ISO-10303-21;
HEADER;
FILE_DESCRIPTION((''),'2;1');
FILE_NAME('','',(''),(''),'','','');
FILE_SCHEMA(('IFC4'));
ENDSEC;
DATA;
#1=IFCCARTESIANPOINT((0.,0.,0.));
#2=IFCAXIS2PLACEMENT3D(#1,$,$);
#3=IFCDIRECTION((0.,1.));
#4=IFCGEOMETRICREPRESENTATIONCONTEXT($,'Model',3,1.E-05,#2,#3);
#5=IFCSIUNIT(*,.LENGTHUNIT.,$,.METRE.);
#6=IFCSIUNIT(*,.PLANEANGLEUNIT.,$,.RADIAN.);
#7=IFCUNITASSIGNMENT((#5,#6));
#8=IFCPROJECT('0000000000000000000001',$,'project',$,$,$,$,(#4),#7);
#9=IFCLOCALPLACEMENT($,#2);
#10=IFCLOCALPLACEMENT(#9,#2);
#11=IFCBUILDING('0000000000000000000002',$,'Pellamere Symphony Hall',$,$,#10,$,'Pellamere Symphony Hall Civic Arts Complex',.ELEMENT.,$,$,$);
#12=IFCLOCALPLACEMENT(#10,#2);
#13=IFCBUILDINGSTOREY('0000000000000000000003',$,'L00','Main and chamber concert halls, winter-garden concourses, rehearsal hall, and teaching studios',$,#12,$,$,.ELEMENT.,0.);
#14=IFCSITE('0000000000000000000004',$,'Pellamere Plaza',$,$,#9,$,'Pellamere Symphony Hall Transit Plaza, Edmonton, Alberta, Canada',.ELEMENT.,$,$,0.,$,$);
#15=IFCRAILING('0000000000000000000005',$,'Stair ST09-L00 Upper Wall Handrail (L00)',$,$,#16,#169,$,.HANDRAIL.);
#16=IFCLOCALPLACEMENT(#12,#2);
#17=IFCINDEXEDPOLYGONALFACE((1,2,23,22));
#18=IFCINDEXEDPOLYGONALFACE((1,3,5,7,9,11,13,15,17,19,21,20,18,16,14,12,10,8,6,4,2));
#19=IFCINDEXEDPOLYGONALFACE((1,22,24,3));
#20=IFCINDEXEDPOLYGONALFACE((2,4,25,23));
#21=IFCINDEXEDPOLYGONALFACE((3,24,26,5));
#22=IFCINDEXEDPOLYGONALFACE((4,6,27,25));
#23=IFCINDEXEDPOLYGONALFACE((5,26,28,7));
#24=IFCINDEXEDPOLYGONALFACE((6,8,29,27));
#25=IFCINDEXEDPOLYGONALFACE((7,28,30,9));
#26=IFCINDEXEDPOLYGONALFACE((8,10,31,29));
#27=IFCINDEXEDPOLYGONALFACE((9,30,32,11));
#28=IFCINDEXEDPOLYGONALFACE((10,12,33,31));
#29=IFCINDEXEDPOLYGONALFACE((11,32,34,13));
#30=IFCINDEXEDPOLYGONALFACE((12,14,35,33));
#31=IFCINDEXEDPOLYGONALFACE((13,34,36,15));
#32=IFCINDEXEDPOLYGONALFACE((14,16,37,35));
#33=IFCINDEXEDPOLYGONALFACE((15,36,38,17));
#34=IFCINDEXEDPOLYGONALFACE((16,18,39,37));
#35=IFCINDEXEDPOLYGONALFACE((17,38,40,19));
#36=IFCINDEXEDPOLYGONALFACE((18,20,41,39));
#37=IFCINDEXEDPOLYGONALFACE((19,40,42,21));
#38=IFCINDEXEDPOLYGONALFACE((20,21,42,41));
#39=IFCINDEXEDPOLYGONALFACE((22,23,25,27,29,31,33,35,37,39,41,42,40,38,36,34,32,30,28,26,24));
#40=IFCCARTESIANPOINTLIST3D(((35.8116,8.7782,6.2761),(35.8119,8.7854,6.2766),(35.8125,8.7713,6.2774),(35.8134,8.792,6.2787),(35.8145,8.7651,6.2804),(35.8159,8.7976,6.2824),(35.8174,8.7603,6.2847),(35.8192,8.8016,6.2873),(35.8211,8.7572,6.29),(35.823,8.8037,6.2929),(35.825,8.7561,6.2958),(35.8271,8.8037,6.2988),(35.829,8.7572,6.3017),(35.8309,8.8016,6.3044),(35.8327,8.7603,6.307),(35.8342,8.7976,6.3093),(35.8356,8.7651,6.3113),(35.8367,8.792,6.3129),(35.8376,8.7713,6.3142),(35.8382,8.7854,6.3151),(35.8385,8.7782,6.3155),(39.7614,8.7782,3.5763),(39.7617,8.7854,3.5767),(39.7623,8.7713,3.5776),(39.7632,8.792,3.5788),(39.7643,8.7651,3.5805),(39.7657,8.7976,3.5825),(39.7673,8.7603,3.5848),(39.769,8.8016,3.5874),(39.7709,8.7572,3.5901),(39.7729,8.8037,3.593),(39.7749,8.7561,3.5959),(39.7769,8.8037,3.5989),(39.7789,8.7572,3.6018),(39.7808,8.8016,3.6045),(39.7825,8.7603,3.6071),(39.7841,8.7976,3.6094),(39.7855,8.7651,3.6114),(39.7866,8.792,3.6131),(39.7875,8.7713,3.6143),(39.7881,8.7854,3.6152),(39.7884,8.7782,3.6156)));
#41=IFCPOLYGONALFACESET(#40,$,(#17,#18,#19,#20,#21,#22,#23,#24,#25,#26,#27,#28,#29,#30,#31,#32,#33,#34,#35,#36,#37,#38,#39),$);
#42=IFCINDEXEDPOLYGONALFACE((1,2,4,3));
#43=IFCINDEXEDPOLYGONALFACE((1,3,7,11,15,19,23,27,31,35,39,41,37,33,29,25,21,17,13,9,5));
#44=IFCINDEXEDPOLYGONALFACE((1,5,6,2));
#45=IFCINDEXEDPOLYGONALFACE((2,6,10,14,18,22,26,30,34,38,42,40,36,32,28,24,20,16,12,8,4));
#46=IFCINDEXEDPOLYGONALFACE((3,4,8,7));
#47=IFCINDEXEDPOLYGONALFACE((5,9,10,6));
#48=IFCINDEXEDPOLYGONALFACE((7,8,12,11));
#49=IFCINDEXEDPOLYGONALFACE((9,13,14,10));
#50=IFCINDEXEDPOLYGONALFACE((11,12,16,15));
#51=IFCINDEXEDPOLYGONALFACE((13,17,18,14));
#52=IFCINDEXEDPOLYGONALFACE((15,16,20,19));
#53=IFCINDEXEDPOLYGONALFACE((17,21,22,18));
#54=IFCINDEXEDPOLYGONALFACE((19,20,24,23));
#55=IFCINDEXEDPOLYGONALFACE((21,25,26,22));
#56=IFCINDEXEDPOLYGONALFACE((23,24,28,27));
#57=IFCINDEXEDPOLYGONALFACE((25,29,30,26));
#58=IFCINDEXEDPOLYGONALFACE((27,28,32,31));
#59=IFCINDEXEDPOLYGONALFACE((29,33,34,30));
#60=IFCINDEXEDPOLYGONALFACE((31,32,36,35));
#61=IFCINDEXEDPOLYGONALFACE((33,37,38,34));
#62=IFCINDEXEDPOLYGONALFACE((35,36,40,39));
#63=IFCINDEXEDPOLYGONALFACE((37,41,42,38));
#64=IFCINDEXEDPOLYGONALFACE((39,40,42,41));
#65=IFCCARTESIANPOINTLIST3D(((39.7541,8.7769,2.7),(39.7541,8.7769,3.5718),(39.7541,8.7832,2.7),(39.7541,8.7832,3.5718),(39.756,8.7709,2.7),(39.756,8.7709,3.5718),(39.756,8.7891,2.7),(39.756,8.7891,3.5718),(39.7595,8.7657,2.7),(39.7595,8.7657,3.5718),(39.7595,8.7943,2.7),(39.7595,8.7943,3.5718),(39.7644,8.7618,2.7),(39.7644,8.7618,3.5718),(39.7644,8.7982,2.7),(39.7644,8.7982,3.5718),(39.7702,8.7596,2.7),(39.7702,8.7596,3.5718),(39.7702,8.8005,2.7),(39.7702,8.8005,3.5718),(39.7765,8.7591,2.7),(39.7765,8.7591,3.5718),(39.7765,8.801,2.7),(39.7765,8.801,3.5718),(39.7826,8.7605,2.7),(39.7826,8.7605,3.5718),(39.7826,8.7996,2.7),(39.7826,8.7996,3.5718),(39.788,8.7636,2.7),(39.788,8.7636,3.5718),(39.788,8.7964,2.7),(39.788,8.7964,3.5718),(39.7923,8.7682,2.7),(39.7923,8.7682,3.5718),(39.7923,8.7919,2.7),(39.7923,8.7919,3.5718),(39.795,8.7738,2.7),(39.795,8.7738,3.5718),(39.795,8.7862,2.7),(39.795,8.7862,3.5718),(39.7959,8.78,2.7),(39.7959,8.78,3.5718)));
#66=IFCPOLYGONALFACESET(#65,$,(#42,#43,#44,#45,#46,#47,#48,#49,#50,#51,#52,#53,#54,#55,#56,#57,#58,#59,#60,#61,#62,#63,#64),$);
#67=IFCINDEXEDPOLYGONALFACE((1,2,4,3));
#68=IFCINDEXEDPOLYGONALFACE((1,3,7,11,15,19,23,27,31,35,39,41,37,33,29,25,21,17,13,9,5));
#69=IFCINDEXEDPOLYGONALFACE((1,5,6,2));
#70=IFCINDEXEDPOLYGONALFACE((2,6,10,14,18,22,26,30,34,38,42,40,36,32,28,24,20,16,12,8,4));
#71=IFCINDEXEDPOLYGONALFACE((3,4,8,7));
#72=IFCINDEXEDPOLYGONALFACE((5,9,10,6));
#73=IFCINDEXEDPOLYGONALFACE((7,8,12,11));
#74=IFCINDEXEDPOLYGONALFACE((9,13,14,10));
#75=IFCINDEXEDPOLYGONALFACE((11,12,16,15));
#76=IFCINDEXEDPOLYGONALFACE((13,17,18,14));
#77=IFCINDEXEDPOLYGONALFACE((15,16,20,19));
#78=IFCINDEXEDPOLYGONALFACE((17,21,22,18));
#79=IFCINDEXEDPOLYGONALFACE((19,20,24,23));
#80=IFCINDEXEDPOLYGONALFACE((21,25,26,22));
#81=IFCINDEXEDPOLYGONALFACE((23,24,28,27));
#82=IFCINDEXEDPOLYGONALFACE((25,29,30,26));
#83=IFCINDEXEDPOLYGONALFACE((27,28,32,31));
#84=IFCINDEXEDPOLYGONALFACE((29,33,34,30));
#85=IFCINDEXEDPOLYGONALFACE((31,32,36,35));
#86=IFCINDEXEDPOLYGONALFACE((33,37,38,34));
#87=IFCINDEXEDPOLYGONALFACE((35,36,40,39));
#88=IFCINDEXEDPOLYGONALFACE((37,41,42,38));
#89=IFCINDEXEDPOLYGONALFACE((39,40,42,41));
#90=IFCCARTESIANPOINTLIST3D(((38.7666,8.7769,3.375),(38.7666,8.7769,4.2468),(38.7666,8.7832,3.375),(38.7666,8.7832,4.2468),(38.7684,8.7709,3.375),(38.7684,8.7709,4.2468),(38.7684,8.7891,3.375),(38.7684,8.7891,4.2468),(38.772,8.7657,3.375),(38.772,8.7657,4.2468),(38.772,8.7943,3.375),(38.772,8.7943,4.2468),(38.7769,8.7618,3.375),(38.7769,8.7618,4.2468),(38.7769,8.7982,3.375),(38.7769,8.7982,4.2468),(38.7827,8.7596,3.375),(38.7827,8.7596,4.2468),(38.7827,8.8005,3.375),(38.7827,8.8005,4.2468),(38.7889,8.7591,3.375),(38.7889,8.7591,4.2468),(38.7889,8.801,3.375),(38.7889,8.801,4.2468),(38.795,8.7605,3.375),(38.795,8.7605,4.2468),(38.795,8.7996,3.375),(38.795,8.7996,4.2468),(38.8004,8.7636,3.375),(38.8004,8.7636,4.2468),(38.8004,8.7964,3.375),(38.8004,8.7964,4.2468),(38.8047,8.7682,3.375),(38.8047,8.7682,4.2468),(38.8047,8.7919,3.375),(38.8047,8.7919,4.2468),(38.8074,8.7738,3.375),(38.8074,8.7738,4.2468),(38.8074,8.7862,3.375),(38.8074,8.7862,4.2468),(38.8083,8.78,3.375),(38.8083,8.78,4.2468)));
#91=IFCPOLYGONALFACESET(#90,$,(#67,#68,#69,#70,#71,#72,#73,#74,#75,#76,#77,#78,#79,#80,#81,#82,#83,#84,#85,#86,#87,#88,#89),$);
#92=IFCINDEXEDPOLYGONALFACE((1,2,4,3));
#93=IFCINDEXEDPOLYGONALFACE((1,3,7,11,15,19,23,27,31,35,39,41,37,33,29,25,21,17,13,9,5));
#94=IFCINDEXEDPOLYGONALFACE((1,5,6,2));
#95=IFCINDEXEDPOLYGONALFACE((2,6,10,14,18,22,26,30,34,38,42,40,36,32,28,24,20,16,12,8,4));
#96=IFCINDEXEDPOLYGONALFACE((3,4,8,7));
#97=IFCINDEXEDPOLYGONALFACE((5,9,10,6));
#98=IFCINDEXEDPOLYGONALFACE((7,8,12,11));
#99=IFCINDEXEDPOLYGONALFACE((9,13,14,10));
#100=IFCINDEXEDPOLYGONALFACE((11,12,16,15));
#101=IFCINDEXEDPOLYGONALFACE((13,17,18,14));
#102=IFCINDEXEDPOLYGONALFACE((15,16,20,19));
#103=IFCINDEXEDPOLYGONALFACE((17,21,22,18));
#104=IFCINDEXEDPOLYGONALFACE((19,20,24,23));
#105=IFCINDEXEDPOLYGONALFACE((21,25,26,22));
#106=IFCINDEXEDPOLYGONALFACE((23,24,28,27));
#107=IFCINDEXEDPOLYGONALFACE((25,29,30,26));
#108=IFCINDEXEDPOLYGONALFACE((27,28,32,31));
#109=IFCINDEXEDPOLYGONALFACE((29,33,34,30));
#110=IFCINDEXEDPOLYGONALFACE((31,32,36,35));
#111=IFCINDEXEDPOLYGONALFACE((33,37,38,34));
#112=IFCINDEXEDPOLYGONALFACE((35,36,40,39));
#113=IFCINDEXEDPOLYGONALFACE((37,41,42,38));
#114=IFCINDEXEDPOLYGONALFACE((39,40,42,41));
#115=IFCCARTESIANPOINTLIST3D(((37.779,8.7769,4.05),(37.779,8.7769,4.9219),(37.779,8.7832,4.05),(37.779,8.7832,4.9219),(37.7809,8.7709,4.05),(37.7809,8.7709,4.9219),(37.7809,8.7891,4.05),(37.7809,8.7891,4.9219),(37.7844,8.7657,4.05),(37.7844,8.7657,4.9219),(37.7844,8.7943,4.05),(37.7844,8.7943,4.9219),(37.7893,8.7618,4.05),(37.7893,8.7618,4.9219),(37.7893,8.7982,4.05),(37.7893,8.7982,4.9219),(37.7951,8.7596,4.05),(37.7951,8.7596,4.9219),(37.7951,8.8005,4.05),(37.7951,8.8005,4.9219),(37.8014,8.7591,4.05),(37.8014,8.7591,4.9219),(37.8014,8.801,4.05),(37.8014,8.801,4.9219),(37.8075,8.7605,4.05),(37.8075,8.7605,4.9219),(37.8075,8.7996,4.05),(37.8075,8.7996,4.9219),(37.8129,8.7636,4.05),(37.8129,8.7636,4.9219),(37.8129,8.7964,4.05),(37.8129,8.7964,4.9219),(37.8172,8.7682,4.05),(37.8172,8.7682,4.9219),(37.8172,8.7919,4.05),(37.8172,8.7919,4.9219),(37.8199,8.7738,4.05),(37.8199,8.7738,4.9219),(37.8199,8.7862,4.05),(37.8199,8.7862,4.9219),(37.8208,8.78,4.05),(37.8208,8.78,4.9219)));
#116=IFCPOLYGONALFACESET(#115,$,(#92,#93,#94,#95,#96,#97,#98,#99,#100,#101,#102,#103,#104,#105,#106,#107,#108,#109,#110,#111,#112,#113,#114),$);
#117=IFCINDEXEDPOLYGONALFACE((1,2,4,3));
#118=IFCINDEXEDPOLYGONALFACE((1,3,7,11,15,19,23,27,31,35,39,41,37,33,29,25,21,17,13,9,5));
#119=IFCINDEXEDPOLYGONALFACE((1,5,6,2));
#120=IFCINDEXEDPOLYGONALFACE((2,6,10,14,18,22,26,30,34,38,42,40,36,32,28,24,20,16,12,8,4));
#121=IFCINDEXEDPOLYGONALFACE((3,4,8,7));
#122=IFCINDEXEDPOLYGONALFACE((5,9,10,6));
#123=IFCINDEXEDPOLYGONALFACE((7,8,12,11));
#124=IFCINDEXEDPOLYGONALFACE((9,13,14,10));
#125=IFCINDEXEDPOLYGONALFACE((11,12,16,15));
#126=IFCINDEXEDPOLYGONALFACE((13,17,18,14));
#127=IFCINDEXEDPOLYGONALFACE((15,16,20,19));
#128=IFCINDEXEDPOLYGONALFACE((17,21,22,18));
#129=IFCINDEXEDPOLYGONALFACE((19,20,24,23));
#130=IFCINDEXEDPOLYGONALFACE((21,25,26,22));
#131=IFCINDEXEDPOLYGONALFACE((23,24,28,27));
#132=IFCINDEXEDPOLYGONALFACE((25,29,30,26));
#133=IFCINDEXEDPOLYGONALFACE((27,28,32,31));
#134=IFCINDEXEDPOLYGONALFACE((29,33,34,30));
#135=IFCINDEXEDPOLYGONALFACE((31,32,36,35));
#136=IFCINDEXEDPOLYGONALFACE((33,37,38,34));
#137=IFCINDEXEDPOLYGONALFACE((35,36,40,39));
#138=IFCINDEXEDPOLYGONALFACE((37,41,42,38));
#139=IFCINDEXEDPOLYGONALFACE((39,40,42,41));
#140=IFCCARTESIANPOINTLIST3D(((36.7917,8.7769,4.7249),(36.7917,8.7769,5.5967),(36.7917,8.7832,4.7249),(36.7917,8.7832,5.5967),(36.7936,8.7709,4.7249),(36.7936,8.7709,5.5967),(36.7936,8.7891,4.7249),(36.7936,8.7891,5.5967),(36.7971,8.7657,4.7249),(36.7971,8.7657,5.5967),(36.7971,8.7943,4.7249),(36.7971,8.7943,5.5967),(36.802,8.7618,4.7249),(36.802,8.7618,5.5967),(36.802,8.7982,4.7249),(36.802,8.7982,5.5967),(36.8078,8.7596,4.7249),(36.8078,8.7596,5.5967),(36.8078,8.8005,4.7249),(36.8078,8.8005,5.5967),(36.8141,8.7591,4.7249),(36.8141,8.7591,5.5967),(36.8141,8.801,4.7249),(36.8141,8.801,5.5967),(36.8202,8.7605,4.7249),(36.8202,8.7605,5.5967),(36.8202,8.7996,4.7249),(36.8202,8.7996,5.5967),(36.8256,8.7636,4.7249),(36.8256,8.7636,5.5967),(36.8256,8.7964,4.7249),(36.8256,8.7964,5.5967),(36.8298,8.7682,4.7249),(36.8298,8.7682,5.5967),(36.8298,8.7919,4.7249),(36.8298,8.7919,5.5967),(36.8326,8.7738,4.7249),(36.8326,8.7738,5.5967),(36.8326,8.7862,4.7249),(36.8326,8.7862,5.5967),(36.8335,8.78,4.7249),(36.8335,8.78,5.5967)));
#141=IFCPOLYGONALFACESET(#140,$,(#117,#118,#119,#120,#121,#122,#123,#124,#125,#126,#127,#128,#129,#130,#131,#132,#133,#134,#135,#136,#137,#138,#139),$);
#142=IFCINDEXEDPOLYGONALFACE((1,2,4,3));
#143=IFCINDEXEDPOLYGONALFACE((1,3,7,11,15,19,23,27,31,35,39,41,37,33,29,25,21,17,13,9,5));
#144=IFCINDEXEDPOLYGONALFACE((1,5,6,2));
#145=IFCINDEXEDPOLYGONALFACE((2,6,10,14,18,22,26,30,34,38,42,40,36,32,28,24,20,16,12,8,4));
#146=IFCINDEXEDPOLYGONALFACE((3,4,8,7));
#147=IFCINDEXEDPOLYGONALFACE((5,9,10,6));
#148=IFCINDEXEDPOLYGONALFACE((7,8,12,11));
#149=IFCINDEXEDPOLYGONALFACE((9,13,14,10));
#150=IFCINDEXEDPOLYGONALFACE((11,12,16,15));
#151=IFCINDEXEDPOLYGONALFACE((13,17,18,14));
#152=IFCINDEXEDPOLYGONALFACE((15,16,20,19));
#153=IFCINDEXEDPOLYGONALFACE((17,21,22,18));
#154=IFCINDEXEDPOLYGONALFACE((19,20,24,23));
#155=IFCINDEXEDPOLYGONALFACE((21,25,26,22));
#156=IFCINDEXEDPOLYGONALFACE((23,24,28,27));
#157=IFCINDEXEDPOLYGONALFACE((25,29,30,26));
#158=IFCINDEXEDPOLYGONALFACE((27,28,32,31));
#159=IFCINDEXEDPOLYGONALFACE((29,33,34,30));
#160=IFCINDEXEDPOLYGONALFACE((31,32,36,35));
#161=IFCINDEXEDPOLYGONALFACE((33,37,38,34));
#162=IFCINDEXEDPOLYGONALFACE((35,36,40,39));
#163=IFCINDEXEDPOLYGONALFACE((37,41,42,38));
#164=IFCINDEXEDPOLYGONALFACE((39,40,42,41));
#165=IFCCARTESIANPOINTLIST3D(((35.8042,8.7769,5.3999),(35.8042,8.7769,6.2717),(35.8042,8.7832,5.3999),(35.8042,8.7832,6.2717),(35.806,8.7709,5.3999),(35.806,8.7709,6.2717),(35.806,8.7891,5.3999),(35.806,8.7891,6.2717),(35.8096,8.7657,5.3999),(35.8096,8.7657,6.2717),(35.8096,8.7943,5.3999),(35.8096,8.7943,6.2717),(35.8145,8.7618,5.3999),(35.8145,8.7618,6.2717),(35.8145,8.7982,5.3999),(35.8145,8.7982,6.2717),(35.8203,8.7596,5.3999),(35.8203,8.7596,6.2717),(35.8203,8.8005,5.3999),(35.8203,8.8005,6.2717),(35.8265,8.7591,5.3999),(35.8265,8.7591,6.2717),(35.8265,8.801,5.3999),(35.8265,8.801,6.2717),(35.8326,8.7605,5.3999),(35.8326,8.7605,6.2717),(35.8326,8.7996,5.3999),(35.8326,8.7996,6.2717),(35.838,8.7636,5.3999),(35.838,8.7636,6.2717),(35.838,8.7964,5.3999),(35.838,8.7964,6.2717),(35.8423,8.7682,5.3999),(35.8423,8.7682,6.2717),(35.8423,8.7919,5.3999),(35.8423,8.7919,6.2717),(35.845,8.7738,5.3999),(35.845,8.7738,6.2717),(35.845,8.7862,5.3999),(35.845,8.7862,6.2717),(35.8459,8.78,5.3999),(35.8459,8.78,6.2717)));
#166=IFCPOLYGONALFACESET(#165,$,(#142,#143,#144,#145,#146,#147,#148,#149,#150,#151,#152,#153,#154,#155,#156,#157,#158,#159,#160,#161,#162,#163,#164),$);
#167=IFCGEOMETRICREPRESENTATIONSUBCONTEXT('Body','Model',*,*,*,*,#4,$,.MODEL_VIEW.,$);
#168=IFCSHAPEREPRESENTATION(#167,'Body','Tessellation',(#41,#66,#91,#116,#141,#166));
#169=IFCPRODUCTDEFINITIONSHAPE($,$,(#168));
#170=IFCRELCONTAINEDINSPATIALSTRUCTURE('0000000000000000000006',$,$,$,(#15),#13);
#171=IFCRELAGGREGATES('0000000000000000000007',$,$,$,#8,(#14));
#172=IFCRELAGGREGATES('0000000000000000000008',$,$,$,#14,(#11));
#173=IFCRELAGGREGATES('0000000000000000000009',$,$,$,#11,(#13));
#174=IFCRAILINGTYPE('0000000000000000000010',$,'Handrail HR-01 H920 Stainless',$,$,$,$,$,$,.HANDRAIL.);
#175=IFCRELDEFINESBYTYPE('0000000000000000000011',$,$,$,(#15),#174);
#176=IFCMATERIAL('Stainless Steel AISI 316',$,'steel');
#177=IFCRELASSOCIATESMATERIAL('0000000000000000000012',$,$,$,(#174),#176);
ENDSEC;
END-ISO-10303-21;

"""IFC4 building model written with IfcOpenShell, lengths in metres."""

from ifc_helpers import new_model, si_unit, direction, frame, origin, origin_2d, place, context, subcontext, project, spatial, circle, extrude, material, type_object, element, save


model = new_model("IFC4")

# Units and contexts
model_context = context("Model", 3, precision=1e-05, world=origin(), true_north=direction((0.0, 1.0)))
body_context = subcontext(model_context, "Body", "Model", "MODEL_VIEW")
ifc_project = project(units=[si_unit("LENGTHUNIT", "METRE"), si_unit("PLANEANGLEUNIT", "RADIAN")], contexts=[model_context])

# Site, building, storey
site_placement = place(None, origin())
site = spatial("IfcSite", under=ifc_project, at=site_placement, Name="Pellamere Plaza", LongName="Pellamere Symphony Hall Transit Plaza, Edmonton, Alberta, Canada", CompositionType="ELEMENT", RefElevation=0.0)
building_placement = place(site_placement, origin())
building = spatial("IfcBuilding", under=site, at=building_placement, Name="Pellamere Symphony Hall", LongName="Pellamere Symphony Hall Civic Arts Complex", CompositionType="ELEMENT")
storey_placement = place(building_placement, origin())
storey = spatial("IfcBuildingStorey", under=building, at=storey_placement, Name="L00", Description="Main and chamber concert halls, winter-garden concourses, rehearsal hall, and teaching studios", CompositionType="ELEMENT", Elevation=0.0)

# Railing
ifc_material_1 = material(Name="Stainless Steel AISI 316", Category="steel")
railing_type_1 = type_object("IfcRailingType", Name="Handrail HR-01 H920 Stainless", PredefinedType="HANDRAIL", material=ifc_material_1)
railing_1_placement = place(storey_placement, frame((39.7749, 8.78, 2.7)))
element("IfcRailing", 1, at=railing_1_placement, inside=storey, type_object=railing_type_1, Name="Stair ST09-L00 Upper Wall Handrail (L00)", PredefinedType="HANDRAIL", context=body_context, shape_type="SweptSolid", body=[
    extrude(circle(Radius=0.0239, at=origin_2d()), frame((0.0, 0.0, 0.896), z_axis=(-0.825565, 0.0, 0.564307), x_axis=(0.0, -1.0, 0.0)), (0.0, 0.0, 1.0), 4.7844),
    extrude(circle(Radius=0.021, at=origin_2d()), origin(), (0.0, 0.0, 1.0), 0.8718),
    extrude(circle(Radius=0.021, at=origin_2d()), frame((-0.9875, 0.0, 0.675)), (0.0, 0.0, 1.0), 0.8718),
    extrude(circle(Radius=0.021, at=origin_2d()), frame((-1.9751, 0.0, 1.3501)), (0.0, 0.0, 1.0), 0.8718),
    extrude(circle(Radius=0.021, at=origin_2d()), frame((-2.9624, 0.0, 2.0249)), (0.0, 0.0, 1.0), 0.8718),
    extrude(circle(Radius=0.021, at=origin_2d()), frame((-3.95, 0.0, 2.7)), (0.0, 0.0, 1.0), 0.8718),
])

save(model, "model.ifc")
